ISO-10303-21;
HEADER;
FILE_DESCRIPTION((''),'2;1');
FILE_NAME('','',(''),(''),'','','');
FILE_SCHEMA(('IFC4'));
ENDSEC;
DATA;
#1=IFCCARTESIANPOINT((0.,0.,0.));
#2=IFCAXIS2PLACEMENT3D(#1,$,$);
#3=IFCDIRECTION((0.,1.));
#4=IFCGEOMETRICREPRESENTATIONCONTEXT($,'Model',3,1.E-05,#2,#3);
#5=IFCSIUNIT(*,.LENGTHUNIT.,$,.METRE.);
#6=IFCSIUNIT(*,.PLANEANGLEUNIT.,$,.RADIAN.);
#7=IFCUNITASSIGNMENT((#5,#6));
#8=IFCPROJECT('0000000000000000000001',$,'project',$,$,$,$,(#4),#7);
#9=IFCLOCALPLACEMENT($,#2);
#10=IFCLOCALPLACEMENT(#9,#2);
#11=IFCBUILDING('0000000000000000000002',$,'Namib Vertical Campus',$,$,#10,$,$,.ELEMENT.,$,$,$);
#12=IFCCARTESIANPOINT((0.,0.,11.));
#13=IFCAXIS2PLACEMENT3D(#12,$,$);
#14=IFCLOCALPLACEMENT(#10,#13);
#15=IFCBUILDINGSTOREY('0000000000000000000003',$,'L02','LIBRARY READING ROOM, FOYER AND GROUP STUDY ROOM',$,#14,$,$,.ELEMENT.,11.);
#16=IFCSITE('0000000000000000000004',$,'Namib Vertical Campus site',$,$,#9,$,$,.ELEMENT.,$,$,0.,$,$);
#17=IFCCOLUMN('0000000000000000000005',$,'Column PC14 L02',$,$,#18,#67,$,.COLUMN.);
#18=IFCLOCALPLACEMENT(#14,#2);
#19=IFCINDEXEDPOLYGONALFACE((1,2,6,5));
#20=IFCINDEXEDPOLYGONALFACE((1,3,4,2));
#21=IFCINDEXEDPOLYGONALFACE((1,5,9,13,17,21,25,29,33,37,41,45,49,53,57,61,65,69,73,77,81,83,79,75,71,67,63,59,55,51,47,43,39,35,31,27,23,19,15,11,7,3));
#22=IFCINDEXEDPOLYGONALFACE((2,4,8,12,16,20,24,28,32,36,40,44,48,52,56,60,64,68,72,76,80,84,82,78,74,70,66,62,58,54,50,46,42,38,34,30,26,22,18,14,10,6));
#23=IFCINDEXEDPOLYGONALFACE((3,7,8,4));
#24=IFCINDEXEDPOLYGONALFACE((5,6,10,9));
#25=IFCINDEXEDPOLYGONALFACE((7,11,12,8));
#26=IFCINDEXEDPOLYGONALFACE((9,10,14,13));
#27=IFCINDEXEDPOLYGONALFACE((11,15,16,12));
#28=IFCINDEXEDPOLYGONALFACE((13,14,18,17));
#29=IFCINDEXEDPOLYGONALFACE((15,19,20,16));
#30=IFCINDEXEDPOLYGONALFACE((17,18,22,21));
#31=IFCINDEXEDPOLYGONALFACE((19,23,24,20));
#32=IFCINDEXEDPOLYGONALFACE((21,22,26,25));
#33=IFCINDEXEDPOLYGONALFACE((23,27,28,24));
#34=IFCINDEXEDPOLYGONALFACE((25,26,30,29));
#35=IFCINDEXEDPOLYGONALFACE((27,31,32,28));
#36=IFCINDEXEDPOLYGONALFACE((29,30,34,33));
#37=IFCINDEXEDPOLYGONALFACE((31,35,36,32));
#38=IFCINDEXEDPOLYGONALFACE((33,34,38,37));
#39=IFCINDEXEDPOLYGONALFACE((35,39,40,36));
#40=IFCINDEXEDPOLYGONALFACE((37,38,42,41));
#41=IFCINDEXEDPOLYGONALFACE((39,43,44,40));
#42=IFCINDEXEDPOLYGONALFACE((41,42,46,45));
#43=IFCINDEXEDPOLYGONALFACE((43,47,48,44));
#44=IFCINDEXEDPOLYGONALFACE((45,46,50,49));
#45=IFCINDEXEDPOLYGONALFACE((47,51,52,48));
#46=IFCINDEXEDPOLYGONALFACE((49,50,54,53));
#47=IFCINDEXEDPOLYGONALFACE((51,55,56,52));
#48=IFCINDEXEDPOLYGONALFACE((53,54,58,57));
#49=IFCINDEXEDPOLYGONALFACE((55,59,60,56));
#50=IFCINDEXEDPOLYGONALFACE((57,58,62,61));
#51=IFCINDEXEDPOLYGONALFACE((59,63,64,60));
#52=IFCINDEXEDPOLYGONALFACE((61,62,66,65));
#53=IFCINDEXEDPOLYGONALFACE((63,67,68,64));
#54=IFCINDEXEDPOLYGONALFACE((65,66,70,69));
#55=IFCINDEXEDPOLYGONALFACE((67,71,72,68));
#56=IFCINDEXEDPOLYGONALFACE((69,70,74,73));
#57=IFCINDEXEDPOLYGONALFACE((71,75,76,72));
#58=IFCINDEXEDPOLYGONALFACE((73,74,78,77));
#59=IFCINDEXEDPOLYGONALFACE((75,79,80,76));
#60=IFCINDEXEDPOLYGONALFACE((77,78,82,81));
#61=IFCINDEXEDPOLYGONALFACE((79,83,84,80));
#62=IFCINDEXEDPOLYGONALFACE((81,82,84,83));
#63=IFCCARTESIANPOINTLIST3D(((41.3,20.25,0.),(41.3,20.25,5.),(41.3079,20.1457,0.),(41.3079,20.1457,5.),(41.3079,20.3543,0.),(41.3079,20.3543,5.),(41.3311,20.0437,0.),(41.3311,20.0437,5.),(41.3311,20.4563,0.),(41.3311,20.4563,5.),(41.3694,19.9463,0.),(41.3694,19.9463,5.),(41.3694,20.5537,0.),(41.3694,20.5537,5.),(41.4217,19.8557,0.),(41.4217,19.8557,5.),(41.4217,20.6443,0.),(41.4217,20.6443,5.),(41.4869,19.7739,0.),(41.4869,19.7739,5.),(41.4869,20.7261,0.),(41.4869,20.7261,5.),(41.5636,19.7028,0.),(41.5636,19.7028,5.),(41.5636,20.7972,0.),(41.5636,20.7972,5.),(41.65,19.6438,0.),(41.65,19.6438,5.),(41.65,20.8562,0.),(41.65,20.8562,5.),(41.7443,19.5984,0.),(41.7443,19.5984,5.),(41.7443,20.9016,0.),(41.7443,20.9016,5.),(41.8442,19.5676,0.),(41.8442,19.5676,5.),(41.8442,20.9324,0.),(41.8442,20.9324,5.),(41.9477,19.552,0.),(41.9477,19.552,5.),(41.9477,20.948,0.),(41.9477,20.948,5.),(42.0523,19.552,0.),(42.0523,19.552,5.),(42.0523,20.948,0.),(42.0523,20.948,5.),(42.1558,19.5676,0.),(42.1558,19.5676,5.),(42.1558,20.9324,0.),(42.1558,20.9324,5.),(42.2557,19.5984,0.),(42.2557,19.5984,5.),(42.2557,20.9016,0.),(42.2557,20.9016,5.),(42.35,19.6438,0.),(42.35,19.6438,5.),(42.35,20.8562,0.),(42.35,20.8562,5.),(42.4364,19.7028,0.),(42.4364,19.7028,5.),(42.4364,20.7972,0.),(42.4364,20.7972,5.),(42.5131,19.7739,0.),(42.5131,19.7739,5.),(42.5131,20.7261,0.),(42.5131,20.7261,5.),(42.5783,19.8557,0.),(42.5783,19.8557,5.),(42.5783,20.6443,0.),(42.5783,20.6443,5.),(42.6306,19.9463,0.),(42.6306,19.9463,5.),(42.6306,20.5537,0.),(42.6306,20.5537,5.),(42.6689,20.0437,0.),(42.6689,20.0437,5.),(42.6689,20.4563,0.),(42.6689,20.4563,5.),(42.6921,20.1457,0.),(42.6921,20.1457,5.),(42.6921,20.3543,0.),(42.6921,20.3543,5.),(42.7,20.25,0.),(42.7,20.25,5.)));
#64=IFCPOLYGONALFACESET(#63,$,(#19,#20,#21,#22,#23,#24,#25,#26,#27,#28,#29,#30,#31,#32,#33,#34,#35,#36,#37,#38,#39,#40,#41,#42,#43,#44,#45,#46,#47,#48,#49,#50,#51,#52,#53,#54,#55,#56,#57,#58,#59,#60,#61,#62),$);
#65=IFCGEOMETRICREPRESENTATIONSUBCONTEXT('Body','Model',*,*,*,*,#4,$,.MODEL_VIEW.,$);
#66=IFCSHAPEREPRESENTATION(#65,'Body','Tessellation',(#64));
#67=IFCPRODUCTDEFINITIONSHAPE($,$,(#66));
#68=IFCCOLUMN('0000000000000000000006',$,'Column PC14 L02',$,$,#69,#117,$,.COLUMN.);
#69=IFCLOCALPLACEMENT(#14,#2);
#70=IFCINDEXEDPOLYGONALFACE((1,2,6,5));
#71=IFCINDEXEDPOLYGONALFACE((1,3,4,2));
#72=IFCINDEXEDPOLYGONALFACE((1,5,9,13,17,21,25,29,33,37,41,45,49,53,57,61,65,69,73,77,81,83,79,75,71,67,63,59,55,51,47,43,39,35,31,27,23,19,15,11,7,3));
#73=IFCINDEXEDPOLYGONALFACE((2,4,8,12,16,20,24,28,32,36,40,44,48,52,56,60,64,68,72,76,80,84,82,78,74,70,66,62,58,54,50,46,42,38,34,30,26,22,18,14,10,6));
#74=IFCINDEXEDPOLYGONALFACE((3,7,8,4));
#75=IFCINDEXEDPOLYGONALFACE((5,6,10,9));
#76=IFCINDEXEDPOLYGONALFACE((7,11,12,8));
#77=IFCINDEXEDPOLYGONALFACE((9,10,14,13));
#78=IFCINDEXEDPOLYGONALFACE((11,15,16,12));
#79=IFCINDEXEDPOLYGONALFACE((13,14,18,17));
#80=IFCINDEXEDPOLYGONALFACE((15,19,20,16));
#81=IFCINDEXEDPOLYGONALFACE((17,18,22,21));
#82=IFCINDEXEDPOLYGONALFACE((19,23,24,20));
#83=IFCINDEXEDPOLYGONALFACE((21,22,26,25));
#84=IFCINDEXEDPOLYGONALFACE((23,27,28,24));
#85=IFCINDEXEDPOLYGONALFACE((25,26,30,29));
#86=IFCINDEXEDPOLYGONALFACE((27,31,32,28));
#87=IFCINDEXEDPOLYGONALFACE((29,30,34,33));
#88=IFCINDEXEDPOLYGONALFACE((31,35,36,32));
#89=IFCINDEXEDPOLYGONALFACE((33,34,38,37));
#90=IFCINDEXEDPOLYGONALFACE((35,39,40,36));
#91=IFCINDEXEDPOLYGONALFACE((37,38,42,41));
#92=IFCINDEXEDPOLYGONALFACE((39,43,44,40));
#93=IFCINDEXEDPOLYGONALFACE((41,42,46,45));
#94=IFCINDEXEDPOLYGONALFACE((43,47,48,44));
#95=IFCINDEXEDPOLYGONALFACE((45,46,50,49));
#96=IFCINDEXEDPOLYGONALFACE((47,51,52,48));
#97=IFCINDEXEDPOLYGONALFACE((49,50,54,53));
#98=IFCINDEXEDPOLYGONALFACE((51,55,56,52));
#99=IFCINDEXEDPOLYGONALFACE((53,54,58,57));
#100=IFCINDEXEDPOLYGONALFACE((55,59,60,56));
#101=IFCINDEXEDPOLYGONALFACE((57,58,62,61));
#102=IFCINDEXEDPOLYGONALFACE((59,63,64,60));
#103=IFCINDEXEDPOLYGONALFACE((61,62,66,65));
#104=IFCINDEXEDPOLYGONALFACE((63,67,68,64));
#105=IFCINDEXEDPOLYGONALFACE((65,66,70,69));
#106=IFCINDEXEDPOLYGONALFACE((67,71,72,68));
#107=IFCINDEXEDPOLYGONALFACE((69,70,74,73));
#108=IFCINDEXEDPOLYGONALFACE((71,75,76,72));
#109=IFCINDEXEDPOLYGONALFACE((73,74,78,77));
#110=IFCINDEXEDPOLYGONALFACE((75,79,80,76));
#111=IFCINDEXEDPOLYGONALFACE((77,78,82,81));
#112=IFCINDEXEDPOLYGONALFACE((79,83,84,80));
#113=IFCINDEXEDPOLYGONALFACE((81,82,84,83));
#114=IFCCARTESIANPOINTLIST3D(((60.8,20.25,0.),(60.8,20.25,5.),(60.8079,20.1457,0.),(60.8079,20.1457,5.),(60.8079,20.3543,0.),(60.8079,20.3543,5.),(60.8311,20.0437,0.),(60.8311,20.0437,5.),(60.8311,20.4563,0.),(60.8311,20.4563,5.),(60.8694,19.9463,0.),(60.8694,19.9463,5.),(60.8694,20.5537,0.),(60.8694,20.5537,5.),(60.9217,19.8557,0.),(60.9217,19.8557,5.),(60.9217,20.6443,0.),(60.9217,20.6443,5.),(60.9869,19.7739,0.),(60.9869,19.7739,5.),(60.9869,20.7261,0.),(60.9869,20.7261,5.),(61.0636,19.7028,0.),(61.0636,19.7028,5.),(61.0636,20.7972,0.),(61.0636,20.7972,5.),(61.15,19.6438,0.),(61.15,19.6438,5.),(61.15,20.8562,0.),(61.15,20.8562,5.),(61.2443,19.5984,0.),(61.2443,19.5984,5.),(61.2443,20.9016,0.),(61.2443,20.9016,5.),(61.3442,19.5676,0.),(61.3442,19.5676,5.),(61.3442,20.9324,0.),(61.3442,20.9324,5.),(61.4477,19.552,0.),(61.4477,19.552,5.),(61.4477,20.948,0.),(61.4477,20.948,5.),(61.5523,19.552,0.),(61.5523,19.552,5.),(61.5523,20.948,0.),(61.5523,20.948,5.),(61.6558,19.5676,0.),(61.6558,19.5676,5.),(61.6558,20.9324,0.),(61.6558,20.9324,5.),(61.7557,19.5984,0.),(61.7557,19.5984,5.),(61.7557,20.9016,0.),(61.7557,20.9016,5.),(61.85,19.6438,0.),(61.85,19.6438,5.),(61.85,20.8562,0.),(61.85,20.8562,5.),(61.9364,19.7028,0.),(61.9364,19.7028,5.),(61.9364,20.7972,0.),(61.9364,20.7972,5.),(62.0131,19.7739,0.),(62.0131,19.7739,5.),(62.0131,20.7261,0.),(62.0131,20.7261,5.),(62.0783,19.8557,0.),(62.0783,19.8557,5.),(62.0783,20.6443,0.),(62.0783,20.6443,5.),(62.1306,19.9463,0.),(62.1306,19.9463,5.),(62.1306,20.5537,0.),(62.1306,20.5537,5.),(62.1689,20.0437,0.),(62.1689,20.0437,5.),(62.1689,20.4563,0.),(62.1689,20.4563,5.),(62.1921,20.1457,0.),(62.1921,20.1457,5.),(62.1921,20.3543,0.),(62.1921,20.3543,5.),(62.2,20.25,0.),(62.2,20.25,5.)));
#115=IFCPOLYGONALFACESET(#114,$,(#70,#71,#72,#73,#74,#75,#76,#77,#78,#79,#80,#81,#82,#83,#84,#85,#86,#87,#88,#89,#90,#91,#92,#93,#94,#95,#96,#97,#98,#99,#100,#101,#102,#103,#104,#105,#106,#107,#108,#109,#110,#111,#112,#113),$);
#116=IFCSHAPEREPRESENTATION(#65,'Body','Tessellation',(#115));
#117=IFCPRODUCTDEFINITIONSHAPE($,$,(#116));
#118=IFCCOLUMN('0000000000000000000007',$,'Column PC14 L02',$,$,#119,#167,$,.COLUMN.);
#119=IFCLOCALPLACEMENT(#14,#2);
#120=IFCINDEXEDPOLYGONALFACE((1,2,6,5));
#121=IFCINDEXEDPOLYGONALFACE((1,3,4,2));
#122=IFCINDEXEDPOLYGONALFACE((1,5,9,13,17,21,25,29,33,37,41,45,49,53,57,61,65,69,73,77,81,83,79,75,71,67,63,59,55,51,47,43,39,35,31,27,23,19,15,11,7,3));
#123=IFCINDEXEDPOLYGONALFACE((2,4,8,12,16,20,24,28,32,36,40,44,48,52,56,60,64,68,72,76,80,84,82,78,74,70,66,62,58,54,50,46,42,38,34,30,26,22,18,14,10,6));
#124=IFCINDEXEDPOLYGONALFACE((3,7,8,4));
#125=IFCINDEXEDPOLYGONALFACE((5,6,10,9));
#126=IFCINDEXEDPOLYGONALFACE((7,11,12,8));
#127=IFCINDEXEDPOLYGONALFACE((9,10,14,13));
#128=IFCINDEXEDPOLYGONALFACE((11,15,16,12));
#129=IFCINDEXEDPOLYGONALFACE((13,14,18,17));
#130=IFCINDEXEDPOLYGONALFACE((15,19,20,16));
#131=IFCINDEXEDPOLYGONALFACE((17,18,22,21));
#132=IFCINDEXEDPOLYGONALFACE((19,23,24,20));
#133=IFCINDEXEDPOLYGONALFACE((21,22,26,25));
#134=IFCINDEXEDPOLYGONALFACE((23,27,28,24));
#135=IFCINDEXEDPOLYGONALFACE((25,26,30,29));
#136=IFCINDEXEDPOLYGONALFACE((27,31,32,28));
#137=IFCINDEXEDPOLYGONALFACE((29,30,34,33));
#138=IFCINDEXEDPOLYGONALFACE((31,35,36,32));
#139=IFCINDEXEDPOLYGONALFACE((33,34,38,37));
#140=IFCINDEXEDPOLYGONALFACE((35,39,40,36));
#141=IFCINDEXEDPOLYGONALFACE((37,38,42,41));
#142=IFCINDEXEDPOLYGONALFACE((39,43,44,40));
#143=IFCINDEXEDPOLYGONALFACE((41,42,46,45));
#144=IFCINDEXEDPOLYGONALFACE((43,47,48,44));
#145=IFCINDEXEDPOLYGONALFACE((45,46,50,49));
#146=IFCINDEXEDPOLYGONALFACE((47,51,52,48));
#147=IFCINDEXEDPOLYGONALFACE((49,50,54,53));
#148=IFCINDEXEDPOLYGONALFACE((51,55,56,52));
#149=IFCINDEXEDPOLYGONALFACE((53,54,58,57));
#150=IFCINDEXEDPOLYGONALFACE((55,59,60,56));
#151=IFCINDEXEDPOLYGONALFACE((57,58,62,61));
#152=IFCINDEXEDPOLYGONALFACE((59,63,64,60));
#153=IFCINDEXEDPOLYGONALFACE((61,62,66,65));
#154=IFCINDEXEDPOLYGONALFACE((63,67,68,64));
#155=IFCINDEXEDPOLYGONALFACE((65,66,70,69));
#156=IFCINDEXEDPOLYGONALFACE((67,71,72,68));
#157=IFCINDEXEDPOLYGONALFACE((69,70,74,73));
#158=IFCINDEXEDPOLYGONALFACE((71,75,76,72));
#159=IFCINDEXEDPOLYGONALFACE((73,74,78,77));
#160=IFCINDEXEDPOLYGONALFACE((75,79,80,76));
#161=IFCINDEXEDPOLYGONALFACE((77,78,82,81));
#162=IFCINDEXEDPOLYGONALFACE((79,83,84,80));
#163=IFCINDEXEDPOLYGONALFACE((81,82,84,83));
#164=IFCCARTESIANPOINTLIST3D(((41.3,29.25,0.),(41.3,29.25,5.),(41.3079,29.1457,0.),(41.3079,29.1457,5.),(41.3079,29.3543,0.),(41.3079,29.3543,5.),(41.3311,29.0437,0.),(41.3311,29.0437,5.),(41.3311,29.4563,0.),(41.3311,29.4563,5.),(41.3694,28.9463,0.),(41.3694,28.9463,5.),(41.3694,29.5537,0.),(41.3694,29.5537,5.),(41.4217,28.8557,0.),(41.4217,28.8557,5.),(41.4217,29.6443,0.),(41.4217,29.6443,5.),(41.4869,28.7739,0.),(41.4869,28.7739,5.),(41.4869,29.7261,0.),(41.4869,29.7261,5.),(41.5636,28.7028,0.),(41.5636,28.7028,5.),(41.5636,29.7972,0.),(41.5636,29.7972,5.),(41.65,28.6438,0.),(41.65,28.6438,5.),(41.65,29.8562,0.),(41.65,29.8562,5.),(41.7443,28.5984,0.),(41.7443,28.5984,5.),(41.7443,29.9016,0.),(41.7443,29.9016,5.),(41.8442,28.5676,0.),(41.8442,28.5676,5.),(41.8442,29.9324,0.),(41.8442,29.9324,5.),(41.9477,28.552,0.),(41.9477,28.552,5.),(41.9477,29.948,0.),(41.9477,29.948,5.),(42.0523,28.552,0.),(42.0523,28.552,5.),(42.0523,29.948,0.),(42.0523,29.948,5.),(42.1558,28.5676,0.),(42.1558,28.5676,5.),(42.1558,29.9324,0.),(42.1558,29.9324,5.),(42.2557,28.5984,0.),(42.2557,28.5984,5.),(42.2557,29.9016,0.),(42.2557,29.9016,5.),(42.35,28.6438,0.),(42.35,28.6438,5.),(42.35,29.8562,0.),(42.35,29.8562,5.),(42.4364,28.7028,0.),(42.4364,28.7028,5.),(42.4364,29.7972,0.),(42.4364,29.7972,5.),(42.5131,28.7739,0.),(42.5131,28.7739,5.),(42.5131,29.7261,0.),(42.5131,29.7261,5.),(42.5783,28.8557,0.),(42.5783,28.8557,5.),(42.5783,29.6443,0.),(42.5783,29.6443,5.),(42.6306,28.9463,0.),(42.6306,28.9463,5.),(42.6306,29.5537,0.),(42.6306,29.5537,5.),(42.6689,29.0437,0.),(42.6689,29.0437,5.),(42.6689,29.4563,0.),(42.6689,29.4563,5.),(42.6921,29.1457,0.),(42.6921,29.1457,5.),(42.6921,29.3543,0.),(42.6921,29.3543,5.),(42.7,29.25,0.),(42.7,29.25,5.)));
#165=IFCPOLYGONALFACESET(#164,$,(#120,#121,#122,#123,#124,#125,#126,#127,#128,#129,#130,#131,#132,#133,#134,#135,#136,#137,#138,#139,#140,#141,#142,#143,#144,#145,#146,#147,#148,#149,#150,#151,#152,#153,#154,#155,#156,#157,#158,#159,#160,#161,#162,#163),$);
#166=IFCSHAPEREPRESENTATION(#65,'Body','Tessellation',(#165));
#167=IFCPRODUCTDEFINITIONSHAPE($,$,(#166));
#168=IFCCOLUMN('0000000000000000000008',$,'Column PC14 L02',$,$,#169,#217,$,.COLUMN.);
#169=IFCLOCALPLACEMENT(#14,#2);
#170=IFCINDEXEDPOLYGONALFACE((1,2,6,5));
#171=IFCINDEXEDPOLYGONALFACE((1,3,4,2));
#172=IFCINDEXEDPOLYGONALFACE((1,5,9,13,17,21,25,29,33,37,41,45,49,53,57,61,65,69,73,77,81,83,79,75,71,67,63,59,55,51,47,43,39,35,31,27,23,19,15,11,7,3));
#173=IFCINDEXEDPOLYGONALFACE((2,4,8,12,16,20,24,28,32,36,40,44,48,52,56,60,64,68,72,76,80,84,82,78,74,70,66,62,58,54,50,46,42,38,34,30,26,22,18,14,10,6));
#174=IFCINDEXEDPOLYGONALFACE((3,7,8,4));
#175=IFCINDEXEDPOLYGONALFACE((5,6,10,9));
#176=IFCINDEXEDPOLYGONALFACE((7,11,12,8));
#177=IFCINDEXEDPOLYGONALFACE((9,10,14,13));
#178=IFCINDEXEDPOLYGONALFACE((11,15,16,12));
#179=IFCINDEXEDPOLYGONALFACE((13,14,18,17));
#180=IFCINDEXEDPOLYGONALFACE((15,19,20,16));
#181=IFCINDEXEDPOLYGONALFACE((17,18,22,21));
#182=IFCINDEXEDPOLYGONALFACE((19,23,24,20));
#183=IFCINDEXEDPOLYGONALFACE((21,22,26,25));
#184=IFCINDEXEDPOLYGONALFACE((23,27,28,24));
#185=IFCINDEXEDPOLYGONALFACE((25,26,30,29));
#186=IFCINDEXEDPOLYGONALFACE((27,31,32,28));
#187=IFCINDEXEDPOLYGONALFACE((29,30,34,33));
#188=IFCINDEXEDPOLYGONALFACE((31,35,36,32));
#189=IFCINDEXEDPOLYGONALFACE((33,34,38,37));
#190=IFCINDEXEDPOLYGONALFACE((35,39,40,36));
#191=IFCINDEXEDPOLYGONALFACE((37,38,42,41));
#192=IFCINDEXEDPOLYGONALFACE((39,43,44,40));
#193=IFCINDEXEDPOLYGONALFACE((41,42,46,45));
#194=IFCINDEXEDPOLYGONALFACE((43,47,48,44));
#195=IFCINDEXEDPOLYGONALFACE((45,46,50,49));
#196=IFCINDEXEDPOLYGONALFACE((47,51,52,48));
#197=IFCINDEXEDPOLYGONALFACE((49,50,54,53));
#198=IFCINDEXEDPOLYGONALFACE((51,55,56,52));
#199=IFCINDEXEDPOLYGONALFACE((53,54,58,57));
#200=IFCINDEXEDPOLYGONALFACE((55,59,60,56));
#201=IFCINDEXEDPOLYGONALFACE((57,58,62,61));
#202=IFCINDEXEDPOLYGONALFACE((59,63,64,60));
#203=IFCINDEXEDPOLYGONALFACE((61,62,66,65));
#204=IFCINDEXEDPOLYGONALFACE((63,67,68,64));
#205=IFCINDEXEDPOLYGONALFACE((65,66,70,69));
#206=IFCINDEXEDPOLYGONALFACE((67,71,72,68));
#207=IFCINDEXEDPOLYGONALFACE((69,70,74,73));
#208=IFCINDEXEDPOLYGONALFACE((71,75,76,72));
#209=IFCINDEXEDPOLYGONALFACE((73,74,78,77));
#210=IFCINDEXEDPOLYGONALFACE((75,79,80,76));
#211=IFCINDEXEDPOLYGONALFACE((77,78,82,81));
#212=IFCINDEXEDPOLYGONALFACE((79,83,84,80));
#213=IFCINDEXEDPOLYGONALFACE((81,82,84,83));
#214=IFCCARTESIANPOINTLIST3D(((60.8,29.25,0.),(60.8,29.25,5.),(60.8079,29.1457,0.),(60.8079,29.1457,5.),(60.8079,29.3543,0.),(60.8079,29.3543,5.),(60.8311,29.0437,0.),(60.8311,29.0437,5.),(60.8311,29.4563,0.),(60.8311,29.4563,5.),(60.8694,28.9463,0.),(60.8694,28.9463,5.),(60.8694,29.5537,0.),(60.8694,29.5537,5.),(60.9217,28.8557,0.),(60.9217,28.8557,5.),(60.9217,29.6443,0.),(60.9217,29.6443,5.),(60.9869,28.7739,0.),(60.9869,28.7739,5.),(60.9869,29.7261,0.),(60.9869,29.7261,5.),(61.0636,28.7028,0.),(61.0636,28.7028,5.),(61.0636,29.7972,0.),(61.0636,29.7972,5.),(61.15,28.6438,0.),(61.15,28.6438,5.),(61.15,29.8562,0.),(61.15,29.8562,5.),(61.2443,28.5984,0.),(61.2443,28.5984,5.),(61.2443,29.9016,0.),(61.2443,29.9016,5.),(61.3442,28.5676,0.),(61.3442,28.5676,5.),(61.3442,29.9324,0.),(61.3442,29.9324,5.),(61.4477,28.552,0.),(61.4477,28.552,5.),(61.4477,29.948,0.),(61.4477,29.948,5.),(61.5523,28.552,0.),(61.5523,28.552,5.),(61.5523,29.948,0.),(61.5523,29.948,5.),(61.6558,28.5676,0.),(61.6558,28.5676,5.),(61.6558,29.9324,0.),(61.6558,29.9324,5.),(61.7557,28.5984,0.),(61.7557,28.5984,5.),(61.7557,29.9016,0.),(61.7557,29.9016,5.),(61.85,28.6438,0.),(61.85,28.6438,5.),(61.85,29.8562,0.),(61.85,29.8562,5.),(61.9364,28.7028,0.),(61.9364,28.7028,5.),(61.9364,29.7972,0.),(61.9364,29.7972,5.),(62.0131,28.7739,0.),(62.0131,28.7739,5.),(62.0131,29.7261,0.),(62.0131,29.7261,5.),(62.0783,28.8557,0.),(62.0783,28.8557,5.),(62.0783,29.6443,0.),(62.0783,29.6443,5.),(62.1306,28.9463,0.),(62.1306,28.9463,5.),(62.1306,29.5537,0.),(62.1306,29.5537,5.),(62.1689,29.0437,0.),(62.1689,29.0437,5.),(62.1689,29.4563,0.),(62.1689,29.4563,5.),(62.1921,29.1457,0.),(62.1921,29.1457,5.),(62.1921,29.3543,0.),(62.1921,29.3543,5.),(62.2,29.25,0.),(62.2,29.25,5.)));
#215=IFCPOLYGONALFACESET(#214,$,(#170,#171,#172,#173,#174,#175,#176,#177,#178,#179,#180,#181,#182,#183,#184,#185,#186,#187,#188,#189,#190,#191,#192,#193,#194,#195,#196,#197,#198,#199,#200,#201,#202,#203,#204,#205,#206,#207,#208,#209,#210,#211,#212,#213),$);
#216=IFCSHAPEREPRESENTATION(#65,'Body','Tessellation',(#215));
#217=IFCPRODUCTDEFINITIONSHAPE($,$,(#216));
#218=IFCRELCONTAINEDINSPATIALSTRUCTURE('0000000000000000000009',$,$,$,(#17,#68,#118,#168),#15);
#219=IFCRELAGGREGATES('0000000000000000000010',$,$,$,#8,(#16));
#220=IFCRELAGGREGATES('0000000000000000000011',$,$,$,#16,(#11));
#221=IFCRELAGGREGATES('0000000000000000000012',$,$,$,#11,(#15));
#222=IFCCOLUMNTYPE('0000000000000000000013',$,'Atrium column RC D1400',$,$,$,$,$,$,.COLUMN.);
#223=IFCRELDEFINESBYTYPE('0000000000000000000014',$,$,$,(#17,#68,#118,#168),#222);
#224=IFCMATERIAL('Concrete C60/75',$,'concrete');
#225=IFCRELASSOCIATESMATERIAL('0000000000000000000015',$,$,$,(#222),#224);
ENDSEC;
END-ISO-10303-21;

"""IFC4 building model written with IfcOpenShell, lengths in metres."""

from ifc_helpers import new_model, si_unit, direction, frame, origin, origin_2d, place, context, subcontext, project, spatial, circle, extrude, material, material_profile, profile_set, type_object, element, save


model = new_model("IFC4")

# Units and contexts
model_context = context("Model", 3, precision=1e-05, world=origin(), true_north=direction((0.0, 1.0)))
body_context = subcontext(model_context, "Body", "Model", "MODEL_VIEW")
ifc_project = project(units=[si_unit("LENGTHUNIT", "METRE"), si_unit("PLANEANGLEUNIT", "RADIAN")], contexts=[model_context])

# Site, building, storey
site_placement = place(None, origin())
site = spatial("IfcSite", under=ifc_project, at=site_placement, Name="Namib Vertical Campus site", CompositionType="ELEMENT", RefElevation=0.0)
building_placement = place(site_placement, origin())
building = spatial("IfcBuilding", under=site, at=building_placement, Name="Namib Vertical Campus", CompositionType="ELEMENT")
storey_placement = place(building_placement, frame((0.0, 0.0, 11.0)))
storey = spatial("IfcBuildingStorey", under=building, at=storey_placement, Name="L02", Description="LIBRARY READING ROOM, FOYER AND GROUP STUDY ROOM", CompositionType="ELEMENT", Elevation=11.0)

# Columns
ifc_material_1 = material(Name="Concrete C60/75", Category="concrete")
ifc_material_profile_1 = material_profile(ifc_material_1, circle(Radius=0.7, at=origin_2d()))
ifc_profile_set_1 = profile_set([ifc_material_profile_1], Name="Concrete C60/75")
column_type_1 = type_object("IfcColumnType", Name="Atrium column RC D1400", PredefinedType="COLUMN", material=ifc_profile_set_1)
for number, where, z_axis, x_axis, name in (
    (1, (42.0, 20.25, 0.0), (0.0, 0.0, 1.0), (1.0, 0.0, 0.0), "Column PC14 L02"),
    (2, (61.5, 20.25, 0.0), (0.0, 0.0, 1.0), (1.0, 0.0, 0.0), "Column PC14 L02"),
    (3, (42.0, 29.25, 0.0), (0.0, 0.0, 1.0), (1.0, 0.0, 0.0), "Column PC14 L02"),
    (4, (61.5, 29.25, 0.0), (0.0, 0.0, 1.0), (1.0, 0.0, 0.0), "Column PC14 L02"),
):
    element("IfcColumn", number, at=place(storey_placement, frame(where, z_axis=z_axis, x_axis=x_axis)), inside=storey, type_object=column_type_1, Name=name, PredefinedType="COLUMN", context=body_context, shape_type="SweptSolid", body=[
        extrude(circle(Radius=0.7, at=origin_2d()), origin(), (0.0, 0.0, 1.0), 5.0),
    ])

save(model, "model.ifc")
